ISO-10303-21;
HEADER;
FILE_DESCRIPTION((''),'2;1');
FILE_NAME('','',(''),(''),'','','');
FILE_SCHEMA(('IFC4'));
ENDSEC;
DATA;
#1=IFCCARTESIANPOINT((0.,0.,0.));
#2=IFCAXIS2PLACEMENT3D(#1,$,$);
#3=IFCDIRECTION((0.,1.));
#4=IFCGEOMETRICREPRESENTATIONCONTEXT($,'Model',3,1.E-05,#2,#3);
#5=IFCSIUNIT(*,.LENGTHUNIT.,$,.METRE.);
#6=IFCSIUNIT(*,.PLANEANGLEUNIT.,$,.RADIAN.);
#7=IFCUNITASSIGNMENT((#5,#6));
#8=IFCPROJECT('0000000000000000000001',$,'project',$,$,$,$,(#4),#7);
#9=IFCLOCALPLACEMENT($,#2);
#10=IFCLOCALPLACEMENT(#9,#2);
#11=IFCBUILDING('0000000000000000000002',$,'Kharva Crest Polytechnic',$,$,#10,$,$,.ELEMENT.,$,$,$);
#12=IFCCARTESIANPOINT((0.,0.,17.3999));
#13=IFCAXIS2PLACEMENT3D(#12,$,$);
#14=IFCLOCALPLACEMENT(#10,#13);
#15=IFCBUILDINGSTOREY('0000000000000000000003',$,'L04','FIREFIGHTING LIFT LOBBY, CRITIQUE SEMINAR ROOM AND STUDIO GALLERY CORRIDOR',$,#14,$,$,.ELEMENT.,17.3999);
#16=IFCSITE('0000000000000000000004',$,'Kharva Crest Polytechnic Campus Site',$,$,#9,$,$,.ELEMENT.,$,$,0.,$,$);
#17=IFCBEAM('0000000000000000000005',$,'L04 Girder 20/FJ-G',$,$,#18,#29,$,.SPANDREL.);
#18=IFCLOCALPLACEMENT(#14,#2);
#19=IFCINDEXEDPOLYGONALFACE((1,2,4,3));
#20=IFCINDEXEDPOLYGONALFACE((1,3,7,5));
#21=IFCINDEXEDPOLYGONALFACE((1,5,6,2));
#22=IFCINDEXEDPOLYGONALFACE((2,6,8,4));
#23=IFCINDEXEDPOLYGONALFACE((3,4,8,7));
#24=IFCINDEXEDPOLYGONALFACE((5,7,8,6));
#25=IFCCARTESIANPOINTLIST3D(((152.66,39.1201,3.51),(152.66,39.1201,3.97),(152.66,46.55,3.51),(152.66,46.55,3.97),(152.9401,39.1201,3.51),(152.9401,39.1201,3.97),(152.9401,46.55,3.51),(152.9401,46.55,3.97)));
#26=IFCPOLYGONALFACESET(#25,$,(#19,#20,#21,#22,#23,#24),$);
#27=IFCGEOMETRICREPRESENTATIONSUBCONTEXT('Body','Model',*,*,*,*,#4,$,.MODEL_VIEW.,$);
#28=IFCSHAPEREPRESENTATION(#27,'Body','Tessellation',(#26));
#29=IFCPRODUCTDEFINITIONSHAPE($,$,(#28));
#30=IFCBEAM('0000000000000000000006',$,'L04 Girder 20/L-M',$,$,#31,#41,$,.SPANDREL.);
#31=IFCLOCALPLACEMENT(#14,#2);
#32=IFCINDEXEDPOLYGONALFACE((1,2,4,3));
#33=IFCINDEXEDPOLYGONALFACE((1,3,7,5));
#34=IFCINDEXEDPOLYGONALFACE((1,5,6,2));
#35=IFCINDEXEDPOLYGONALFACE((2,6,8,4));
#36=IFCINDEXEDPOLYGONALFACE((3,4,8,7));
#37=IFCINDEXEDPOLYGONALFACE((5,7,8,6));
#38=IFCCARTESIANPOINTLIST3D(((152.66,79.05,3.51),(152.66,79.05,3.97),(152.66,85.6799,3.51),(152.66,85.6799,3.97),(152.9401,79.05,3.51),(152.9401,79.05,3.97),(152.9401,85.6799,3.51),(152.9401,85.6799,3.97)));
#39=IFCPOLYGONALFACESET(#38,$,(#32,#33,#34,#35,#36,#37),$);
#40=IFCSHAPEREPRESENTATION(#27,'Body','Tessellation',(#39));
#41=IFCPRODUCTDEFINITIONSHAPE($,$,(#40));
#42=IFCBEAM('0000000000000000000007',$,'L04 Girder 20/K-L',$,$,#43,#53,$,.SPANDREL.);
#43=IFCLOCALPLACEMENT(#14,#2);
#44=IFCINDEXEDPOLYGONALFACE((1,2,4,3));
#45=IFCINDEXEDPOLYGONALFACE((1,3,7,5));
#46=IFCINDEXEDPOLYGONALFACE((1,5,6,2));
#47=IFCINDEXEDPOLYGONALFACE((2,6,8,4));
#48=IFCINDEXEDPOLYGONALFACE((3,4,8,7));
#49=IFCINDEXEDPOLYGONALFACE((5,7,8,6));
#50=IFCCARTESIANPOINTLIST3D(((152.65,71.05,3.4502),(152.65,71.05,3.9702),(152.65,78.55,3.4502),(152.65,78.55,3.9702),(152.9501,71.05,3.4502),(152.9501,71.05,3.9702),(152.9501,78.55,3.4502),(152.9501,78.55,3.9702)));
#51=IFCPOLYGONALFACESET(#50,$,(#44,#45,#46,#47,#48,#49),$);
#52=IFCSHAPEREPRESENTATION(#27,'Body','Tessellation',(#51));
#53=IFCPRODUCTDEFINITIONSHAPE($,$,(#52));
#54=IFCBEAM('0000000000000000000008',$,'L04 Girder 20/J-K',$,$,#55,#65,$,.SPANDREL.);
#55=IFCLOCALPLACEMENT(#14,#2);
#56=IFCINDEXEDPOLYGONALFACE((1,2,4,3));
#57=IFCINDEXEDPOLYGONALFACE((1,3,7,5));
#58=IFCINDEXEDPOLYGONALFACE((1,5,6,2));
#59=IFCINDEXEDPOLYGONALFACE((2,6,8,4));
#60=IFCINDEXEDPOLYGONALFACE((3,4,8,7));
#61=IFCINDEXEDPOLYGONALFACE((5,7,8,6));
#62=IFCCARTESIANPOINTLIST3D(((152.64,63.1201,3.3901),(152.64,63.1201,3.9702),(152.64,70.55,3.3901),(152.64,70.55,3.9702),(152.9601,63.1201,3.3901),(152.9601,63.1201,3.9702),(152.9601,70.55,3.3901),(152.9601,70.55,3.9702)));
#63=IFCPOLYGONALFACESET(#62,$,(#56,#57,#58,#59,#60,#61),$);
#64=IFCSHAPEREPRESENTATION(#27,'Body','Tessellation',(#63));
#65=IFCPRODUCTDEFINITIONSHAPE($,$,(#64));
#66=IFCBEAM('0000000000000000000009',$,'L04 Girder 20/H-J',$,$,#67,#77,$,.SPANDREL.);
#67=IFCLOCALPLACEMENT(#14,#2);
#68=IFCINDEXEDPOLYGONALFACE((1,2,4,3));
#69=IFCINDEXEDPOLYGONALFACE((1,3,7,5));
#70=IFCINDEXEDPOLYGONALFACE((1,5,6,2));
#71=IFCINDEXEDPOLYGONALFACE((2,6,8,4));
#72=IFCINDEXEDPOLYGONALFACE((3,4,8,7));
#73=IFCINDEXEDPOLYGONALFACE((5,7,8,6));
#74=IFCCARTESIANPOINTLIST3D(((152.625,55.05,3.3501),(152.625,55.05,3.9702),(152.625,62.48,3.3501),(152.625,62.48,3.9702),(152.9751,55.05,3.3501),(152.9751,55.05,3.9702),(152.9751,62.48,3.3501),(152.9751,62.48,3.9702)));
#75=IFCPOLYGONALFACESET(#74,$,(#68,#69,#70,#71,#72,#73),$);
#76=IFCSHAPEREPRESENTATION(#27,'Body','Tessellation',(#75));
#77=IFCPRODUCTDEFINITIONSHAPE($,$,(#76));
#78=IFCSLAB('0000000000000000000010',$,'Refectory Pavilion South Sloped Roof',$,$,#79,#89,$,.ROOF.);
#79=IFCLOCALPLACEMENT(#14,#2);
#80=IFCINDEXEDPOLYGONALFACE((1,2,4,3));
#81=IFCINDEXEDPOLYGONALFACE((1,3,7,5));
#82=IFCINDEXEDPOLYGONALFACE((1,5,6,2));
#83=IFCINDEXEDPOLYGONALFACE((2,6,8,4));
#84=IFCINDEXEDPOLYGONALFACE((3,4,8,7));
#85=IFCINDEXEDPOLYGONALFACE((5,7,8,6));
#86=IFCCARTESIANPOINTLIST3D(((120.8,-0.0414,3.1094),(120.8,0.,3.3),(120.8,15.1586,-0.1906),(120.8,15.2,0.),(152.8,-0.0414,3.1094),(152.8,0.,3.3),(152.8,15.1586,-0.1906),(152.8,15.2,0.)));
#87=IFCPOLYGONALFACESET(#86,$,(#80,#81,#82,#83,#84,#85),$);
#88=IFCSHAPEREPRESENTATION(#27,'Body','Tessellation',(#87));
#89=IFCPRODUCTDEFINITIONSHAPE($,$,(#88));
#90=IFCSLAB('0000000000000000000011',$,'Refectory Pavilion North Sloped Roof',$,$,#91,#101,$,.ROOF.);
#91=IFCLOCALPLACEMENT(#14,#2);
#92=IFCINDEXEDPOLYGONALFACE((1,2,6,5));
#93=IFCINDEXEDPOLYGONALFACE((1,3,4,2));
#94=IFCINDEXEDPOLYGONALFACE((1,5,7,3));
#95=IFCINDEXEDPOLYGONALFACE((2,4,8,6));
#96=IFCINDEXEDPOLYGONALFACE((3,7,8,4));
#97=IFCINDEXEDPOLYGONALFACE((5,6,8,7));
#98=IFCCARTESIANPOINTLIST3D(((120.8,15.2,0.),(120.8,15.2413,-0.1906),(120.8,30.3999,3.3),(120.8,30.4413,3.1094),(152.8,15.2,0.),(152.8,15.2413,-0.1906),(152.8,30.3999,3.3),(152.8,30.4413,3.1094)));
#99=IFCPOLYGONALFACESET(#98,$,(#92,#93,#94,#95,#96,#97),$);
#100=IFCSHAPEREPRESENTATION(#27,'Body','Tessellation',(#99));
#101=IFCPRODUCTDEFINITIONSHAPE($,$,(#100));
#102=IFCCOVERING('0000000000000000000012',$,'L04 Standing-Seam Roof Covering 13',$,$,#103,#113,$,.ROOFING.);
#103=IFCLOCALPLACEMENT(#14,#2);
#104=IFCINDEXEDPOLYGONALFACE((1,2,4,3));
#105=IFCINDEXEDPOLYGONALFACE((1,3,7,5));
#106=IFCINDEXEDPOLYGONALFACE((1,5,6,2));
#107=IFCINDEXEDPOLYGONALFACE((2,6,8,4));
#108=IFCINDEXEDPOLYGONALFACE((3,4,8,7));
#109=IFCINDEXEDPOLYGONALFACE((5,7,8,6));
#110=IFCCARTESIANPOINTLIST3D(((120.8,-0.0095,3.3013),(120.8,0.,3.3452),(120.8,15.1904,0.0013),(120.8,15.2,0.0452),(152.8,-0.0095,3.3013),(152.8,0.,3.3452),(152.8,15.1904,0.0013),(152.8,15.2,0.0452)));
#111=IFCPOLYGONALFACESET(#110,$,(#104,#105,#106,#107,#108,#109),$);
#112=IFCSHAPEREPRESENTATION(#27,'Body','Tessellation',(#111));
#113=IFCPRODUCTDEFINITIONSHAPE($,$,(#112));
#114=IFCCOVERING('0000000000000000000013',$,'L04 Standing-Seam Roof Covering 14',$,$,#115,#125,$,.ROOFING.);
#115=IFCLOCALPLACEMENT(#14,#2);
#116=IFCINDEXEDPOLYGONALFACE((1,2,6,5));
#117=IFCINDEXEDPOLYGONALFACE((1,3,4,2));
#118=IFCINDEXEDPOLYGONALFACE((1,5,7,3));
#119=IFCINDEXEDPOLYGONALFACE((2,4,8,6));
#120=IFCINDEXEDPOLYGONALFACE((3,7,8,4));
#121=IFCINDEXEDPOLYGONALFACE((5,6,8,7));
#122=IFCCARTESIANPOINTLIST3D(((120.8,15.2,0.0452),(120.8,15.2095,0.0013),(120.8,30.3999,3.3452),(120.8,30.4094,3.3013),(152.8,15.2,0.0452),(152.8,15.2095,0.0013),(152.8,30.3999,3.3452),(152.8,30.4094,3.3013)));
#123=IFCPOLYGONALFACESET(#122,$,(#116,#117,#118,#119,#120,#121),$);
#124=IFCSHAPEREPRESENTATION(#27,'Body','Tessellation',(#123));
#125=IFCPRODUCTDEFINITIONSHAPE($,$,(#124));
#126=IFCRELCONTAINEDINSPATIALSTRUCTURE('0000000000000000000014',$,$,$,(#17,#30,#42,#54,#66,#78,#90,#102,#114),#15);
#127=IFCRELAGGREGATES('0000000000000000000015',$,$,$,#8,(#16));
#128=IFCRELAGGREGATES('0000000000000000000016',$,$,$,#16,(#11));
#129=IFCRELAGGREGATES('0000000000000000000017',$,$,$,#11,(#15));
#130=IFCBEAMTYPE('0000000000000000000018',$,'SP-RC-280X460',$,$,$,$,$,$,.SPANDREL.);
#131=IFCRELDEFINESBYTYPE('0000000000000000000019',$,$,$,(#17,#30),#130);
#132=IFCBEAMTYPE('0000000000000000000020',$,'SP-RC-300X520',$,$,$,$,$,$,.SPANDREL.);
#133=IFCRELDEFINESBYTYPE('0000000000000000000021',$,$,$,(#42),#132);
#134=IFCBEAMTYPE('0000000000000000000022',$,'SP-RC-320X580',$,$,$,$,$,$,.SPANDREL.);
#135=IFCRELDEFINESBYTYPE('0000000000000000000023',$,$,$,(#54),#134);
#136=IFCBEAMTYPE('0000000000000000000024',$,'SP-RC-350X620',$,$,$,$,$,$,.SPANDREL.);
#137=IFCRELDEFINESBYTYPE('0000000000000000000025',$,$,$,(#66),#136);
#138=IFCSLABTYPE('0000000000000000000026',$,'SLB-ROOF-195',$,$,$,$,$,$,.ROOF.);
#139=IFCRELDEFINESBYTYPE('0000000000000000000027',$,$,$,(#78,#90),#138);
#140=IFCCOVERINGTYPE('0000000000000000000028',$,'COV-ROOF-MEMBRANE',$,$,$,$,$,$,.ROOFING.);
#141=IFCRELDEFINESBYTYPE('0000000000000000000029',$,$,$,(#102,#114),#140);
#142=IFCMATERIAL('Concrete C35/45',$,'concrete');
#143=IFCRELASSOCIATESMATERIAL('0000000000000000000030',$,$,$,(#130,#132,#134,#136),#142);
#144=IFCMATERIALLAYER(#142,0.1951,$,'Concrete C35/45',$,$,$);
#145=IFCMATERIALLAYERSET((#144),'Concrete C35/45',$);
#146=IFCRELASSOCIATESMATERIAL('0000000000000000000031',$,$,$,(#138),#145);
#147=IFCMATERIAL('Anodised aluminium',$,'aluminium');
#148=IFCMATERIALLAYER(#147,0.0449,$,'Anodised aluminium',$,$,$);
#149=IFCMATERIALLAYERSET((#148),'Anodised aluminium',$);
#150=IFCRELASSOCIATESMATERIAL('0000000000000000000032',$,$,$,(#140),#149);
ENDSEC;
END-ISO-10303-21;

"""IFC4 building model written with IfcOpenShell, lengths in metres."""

from ifc_helpers import new_model, si_unit, direction, frame, origin, origin_2d, place, context, subcontext, project, spatial, polyline, rectangle, outline, extrude, material, layer, layer_set, material_profile, profile_set, type_object, element, save


model = new_model("IFC4")

# Units and contexts
model_context = context("Model", 3, precision=1e-05, world=origin(), true_north=direction((0.0, 1.0)))
body_context = subcontext(model_context, "Body", "Model", "MODEL_VIEW")
ifc_project = project(units=[si_unit("LENGTHUNIT", "METRE"), si_unit("PLANEANGLEUNIT", "RADIAN")], contexts=[model_context])

# Site, building, storey
site_placement = place(None, origin())
site = spatial("IfcSite", under=ifc_project, at=site_placement, Name="Kharva Crest Polytechnic Campus Site", CompositionType="ELEMENT", RefElevation=0.0)
building_placement = place(site_placement, origin())
building = spatial("IfcBuilding", under=site, at=building_placement, Name="Kharva Crest Polytechnic", CompositionType="ELEMENT")
storey_placement = place(building_placement, frame((0.0, 0.0, 17.3999)))
storey = spatial("IfcBuildingStorey", under=building, at=storey_placement, Name="L04", Description="FIREFIGHTING LIFT LOBBY, CRITIQUE SEMINAR ROOM AND STUDIO GALLERY CORRIDOR", CompositionType="ELEMENT", Elevation=17.3999)

# Beams
ifc_material_1 = material(Name="Concrete C35/45", Category="concrete")
ifc_material_profile_1 = material_profile(ifc_material_1, rectangle(XDim=0.28, YDim=0.46, at=origin_2d()), Name="RECT 280 X 460")
ifc_profile_set_1 = profile_set([ifc_material_profile_1], Name="Concrete C35/45")
beam_type_1 = type_object("IfcBeamType", Name="SP-RC-280X460", PredefinedType="SPANDREL", material=ifc_profile_set_1)
beam_1_placement = place(storey_placement, frame((152.8, 39.1201, 3.74), z_axis=(0.0, 1.0, 0.0), x_axis=(-1.0, 0.0, 0.0)))
element("IfcBeam", 1, at=beam_1_placement, inside=storey, type_object=beam_type_1, Name="L04 Girder 20/FJ-G", PredefinedType="SPANDREL", context=body_context, shape_type="SweptSolid", body=[
    extrude(rectangle(XDim=0.28, YDim=0.46, at=origin_2d()), origin(), (0.0, 0.0, 1.0), 7.4299),
])
beam_2_placement = place(storey_placement, frame((152.8, 79.05, 3.74), z_axis=(0.0, 1.0, 0.0), x_axis=(-1.0, 0.0, 0.0)))
element("IfcBeam", 2, at=beam_2_placement, inside=storey, type_object=beam_type_1, Name="L04 Girder 20/L-M", PredefinedType="SPANDREL", context=body_context, shape_type="SweptSolid", body=[
    extrude(rectangle(XDim=0.28, YDim=0.46, at=origin_2d()), origin(), (0.0, 0.0, 1.0), 6.6299),
])
ifc_material_profile_2 = material_profile(ifc_material_1, rectangle(XDim=0.3, YDim=0.52, at=origin_2d()), Name="RECT 300 X 520")
ifc_profile_set_2 = profile_set([ifc_material_profile_2], Name="Concrete C35/45")
beam_type_2 = type_object("IfcBeamType", Name="SP-RC-300X520", PredefinedType="SPANDREL", material=ifc_profile_set_2)
beam_3_placement = place(storey_placement, frame((152.8, 71.05, 3.7102), z_axis=(0.0, 1.0, 0.0), x_axis=(-1.0, 0.0, 0.0)))
element("IfcBeam", 3, at=beam_3_placement, inside=storey, type_object=beam_type_2, Name="L04 Girder 20/K-L", PredefinedType="SPANDREL", context=body_context, shape_type="SweptSolid", body=[
    extrude(rectangle(XDim=0.3, YDim=0.52, at=origin_2d()), origin(), (0.0, 0.0, 1.0), 7.5),
])
ifc_material_profile_3 = material_profile(ifc_material_1, rectangle(XDim=0.3201, YDim=0.5801, at=origin_2d()), Name="RECT 320 X 580")
ifc_profile_set_3 = profile_set([ifc_material_profile_3], Name="Concrete C35/45")
beam_type_3 = type_object("IfcBeamType", Name="SP-RC-320X580", PredefinedType="SPANDREL", material=ifc_profile_set_3)
beam_4_placement = place(storey_placement, frame((152.8, 63.1201, 3.6802), z_axis=(0.0, 1.0, 0.0), x_axis=(-1.0, 0.0, 0.0)))
element("IfcBeam", 4, at=beam_4_placement, inside=storey, type_object=beam_type_3, Name="L04 Girder 20/J-K", PredefinedType="SPANDREL", context=body_context, shape_type="SweptSolid", body=[
    extrude(rectangle(XDim=0.3201, YDim=0.5801, at=origin_2d()), origin(), (0.0, 0.0, 1.0), 7.4299),
])
ifc_material_profile_4 = material_profile(ifc_material_1, rectangle(XDim=0.3501, YDim=0.6201, at=origin_2d()), Name="RECT 350 X 620")
ifc_profile_set_4 = profile_set([ifc_material_profile_4], Name="Concrete C35/45")
beam_type_4 = type_object("IfcBeamType", Name="SP-RC-350X620", PredefinedType="SPANDREL", material=ifc_profile_set_4)
beam_5_placement = place(storey_placement, frame((152.8, 55.05, 3.6602), z_axis=(0.0, 1.0, 0.0), x_axis=(-1.0, 0.0, 0.0)))
element("IfcBeam", 5, at=beam_5_placement, inside=storey, type_object=beam_type_4, Name="L04 Girder 20/H-J", PredefinedType="SPANDREL", context=body_context, shape_type="SweptSolid", body=[
    extrude(rectangle(XDim=0.3501, YDim=0.6201, at=origin_2d()), origin(), (0.0, 0.0, 1.0), 7.4299),
])

# Slabs
ifc_layer_1 = layer(ifc_material_1, 0.1951, Name="Concrete C35/45")
ifc_layer_set_1 = layer_set([ifc_layer_1], Name="Concrete C35/45")
slab_type = type_object("IfcSlabType", Name="SLB-ROOF-195", PredefinedType="ROOF", material=ifc_layer_set_1)
for number, where, z_axis, x_axis, name in (
    (6, (120.8, 0.0, 3.3), (0.0, 0.212166, 0.977234), (1.0, 0.0, 0.0), "Refectory Pavilion South Sloped Roof"),
    (7, (120.8, 15.2, 0.0), (0.0, -0.212166, 0.977234), (1.0, 0.0, 0.0), "Refectory Pavilion North Sloped Roof"),
):
    element("IfcSlab", number, at=place(storey_placement, frame(where, z_axis=z_axis, x_axis=x_axis)), inside=storey, type_object=slab_type, Name=name, PredefinedType="ROOF", context=body_context, shape_type="SweptSolid", body=[
        extrude(outline(polyline([(0.0, 0.0), (32.0, 0.0), (32.0, 15.5541), (0.0, 15.5541), (0.0, 0.0)])), origin(), (0.0, 0.0, -1.0), 0.1951),
    ])

# Coverings
ifc_material_2 = material(Name="Anodised aluminium", Category="aluminium")
ifc_layer_2 = layer(ifc_material_2, 0.0449, Name="Anodised aluminium")
ifc_layer_set_2 = layer_set([ifc_layer_2], Name="Anodised aluminium")
covering_type = type_object("IfcCoveringType", Name="COV-ROOF-MEMBRANE", PredefinedType="ROOFING", material=ifc_layer_set_2)
for number, where, z_axis, x_axis, name in (
    (8, (120.8, 0.0, 3.3452), (0.0, 0.212166, 0.977234), (1.0, 0.0, 0.0), "L04 Standing-Seam Roof Covering 13"),
    (9, (120.8, 15.2, 0.0452), (0.0, -0.212166, 0.977234), (1.0, 0.0, 0.0), "L04 Standing-Seam Roof Covering 14"),
):
    element("IfcCovering", number, at=place(storey_placement, frame(where, z_axis=z_axis, x_axis=x_axis)), inside=storey, type_object=covering_type, Name=name, PredefinedType="ROOFING", context=body_context, shape_type="SweptSolid", body=[
        extrude(outline(polyline([(0.0, 0.0), (32.0, 0.0), (32.0, 15.5541), (0.0, 15.5541), (0.0, 0.0)])), origin(), (0.0, 0.0, -1.0), 0.0449),
    ])

save(model, "model.ifc")
